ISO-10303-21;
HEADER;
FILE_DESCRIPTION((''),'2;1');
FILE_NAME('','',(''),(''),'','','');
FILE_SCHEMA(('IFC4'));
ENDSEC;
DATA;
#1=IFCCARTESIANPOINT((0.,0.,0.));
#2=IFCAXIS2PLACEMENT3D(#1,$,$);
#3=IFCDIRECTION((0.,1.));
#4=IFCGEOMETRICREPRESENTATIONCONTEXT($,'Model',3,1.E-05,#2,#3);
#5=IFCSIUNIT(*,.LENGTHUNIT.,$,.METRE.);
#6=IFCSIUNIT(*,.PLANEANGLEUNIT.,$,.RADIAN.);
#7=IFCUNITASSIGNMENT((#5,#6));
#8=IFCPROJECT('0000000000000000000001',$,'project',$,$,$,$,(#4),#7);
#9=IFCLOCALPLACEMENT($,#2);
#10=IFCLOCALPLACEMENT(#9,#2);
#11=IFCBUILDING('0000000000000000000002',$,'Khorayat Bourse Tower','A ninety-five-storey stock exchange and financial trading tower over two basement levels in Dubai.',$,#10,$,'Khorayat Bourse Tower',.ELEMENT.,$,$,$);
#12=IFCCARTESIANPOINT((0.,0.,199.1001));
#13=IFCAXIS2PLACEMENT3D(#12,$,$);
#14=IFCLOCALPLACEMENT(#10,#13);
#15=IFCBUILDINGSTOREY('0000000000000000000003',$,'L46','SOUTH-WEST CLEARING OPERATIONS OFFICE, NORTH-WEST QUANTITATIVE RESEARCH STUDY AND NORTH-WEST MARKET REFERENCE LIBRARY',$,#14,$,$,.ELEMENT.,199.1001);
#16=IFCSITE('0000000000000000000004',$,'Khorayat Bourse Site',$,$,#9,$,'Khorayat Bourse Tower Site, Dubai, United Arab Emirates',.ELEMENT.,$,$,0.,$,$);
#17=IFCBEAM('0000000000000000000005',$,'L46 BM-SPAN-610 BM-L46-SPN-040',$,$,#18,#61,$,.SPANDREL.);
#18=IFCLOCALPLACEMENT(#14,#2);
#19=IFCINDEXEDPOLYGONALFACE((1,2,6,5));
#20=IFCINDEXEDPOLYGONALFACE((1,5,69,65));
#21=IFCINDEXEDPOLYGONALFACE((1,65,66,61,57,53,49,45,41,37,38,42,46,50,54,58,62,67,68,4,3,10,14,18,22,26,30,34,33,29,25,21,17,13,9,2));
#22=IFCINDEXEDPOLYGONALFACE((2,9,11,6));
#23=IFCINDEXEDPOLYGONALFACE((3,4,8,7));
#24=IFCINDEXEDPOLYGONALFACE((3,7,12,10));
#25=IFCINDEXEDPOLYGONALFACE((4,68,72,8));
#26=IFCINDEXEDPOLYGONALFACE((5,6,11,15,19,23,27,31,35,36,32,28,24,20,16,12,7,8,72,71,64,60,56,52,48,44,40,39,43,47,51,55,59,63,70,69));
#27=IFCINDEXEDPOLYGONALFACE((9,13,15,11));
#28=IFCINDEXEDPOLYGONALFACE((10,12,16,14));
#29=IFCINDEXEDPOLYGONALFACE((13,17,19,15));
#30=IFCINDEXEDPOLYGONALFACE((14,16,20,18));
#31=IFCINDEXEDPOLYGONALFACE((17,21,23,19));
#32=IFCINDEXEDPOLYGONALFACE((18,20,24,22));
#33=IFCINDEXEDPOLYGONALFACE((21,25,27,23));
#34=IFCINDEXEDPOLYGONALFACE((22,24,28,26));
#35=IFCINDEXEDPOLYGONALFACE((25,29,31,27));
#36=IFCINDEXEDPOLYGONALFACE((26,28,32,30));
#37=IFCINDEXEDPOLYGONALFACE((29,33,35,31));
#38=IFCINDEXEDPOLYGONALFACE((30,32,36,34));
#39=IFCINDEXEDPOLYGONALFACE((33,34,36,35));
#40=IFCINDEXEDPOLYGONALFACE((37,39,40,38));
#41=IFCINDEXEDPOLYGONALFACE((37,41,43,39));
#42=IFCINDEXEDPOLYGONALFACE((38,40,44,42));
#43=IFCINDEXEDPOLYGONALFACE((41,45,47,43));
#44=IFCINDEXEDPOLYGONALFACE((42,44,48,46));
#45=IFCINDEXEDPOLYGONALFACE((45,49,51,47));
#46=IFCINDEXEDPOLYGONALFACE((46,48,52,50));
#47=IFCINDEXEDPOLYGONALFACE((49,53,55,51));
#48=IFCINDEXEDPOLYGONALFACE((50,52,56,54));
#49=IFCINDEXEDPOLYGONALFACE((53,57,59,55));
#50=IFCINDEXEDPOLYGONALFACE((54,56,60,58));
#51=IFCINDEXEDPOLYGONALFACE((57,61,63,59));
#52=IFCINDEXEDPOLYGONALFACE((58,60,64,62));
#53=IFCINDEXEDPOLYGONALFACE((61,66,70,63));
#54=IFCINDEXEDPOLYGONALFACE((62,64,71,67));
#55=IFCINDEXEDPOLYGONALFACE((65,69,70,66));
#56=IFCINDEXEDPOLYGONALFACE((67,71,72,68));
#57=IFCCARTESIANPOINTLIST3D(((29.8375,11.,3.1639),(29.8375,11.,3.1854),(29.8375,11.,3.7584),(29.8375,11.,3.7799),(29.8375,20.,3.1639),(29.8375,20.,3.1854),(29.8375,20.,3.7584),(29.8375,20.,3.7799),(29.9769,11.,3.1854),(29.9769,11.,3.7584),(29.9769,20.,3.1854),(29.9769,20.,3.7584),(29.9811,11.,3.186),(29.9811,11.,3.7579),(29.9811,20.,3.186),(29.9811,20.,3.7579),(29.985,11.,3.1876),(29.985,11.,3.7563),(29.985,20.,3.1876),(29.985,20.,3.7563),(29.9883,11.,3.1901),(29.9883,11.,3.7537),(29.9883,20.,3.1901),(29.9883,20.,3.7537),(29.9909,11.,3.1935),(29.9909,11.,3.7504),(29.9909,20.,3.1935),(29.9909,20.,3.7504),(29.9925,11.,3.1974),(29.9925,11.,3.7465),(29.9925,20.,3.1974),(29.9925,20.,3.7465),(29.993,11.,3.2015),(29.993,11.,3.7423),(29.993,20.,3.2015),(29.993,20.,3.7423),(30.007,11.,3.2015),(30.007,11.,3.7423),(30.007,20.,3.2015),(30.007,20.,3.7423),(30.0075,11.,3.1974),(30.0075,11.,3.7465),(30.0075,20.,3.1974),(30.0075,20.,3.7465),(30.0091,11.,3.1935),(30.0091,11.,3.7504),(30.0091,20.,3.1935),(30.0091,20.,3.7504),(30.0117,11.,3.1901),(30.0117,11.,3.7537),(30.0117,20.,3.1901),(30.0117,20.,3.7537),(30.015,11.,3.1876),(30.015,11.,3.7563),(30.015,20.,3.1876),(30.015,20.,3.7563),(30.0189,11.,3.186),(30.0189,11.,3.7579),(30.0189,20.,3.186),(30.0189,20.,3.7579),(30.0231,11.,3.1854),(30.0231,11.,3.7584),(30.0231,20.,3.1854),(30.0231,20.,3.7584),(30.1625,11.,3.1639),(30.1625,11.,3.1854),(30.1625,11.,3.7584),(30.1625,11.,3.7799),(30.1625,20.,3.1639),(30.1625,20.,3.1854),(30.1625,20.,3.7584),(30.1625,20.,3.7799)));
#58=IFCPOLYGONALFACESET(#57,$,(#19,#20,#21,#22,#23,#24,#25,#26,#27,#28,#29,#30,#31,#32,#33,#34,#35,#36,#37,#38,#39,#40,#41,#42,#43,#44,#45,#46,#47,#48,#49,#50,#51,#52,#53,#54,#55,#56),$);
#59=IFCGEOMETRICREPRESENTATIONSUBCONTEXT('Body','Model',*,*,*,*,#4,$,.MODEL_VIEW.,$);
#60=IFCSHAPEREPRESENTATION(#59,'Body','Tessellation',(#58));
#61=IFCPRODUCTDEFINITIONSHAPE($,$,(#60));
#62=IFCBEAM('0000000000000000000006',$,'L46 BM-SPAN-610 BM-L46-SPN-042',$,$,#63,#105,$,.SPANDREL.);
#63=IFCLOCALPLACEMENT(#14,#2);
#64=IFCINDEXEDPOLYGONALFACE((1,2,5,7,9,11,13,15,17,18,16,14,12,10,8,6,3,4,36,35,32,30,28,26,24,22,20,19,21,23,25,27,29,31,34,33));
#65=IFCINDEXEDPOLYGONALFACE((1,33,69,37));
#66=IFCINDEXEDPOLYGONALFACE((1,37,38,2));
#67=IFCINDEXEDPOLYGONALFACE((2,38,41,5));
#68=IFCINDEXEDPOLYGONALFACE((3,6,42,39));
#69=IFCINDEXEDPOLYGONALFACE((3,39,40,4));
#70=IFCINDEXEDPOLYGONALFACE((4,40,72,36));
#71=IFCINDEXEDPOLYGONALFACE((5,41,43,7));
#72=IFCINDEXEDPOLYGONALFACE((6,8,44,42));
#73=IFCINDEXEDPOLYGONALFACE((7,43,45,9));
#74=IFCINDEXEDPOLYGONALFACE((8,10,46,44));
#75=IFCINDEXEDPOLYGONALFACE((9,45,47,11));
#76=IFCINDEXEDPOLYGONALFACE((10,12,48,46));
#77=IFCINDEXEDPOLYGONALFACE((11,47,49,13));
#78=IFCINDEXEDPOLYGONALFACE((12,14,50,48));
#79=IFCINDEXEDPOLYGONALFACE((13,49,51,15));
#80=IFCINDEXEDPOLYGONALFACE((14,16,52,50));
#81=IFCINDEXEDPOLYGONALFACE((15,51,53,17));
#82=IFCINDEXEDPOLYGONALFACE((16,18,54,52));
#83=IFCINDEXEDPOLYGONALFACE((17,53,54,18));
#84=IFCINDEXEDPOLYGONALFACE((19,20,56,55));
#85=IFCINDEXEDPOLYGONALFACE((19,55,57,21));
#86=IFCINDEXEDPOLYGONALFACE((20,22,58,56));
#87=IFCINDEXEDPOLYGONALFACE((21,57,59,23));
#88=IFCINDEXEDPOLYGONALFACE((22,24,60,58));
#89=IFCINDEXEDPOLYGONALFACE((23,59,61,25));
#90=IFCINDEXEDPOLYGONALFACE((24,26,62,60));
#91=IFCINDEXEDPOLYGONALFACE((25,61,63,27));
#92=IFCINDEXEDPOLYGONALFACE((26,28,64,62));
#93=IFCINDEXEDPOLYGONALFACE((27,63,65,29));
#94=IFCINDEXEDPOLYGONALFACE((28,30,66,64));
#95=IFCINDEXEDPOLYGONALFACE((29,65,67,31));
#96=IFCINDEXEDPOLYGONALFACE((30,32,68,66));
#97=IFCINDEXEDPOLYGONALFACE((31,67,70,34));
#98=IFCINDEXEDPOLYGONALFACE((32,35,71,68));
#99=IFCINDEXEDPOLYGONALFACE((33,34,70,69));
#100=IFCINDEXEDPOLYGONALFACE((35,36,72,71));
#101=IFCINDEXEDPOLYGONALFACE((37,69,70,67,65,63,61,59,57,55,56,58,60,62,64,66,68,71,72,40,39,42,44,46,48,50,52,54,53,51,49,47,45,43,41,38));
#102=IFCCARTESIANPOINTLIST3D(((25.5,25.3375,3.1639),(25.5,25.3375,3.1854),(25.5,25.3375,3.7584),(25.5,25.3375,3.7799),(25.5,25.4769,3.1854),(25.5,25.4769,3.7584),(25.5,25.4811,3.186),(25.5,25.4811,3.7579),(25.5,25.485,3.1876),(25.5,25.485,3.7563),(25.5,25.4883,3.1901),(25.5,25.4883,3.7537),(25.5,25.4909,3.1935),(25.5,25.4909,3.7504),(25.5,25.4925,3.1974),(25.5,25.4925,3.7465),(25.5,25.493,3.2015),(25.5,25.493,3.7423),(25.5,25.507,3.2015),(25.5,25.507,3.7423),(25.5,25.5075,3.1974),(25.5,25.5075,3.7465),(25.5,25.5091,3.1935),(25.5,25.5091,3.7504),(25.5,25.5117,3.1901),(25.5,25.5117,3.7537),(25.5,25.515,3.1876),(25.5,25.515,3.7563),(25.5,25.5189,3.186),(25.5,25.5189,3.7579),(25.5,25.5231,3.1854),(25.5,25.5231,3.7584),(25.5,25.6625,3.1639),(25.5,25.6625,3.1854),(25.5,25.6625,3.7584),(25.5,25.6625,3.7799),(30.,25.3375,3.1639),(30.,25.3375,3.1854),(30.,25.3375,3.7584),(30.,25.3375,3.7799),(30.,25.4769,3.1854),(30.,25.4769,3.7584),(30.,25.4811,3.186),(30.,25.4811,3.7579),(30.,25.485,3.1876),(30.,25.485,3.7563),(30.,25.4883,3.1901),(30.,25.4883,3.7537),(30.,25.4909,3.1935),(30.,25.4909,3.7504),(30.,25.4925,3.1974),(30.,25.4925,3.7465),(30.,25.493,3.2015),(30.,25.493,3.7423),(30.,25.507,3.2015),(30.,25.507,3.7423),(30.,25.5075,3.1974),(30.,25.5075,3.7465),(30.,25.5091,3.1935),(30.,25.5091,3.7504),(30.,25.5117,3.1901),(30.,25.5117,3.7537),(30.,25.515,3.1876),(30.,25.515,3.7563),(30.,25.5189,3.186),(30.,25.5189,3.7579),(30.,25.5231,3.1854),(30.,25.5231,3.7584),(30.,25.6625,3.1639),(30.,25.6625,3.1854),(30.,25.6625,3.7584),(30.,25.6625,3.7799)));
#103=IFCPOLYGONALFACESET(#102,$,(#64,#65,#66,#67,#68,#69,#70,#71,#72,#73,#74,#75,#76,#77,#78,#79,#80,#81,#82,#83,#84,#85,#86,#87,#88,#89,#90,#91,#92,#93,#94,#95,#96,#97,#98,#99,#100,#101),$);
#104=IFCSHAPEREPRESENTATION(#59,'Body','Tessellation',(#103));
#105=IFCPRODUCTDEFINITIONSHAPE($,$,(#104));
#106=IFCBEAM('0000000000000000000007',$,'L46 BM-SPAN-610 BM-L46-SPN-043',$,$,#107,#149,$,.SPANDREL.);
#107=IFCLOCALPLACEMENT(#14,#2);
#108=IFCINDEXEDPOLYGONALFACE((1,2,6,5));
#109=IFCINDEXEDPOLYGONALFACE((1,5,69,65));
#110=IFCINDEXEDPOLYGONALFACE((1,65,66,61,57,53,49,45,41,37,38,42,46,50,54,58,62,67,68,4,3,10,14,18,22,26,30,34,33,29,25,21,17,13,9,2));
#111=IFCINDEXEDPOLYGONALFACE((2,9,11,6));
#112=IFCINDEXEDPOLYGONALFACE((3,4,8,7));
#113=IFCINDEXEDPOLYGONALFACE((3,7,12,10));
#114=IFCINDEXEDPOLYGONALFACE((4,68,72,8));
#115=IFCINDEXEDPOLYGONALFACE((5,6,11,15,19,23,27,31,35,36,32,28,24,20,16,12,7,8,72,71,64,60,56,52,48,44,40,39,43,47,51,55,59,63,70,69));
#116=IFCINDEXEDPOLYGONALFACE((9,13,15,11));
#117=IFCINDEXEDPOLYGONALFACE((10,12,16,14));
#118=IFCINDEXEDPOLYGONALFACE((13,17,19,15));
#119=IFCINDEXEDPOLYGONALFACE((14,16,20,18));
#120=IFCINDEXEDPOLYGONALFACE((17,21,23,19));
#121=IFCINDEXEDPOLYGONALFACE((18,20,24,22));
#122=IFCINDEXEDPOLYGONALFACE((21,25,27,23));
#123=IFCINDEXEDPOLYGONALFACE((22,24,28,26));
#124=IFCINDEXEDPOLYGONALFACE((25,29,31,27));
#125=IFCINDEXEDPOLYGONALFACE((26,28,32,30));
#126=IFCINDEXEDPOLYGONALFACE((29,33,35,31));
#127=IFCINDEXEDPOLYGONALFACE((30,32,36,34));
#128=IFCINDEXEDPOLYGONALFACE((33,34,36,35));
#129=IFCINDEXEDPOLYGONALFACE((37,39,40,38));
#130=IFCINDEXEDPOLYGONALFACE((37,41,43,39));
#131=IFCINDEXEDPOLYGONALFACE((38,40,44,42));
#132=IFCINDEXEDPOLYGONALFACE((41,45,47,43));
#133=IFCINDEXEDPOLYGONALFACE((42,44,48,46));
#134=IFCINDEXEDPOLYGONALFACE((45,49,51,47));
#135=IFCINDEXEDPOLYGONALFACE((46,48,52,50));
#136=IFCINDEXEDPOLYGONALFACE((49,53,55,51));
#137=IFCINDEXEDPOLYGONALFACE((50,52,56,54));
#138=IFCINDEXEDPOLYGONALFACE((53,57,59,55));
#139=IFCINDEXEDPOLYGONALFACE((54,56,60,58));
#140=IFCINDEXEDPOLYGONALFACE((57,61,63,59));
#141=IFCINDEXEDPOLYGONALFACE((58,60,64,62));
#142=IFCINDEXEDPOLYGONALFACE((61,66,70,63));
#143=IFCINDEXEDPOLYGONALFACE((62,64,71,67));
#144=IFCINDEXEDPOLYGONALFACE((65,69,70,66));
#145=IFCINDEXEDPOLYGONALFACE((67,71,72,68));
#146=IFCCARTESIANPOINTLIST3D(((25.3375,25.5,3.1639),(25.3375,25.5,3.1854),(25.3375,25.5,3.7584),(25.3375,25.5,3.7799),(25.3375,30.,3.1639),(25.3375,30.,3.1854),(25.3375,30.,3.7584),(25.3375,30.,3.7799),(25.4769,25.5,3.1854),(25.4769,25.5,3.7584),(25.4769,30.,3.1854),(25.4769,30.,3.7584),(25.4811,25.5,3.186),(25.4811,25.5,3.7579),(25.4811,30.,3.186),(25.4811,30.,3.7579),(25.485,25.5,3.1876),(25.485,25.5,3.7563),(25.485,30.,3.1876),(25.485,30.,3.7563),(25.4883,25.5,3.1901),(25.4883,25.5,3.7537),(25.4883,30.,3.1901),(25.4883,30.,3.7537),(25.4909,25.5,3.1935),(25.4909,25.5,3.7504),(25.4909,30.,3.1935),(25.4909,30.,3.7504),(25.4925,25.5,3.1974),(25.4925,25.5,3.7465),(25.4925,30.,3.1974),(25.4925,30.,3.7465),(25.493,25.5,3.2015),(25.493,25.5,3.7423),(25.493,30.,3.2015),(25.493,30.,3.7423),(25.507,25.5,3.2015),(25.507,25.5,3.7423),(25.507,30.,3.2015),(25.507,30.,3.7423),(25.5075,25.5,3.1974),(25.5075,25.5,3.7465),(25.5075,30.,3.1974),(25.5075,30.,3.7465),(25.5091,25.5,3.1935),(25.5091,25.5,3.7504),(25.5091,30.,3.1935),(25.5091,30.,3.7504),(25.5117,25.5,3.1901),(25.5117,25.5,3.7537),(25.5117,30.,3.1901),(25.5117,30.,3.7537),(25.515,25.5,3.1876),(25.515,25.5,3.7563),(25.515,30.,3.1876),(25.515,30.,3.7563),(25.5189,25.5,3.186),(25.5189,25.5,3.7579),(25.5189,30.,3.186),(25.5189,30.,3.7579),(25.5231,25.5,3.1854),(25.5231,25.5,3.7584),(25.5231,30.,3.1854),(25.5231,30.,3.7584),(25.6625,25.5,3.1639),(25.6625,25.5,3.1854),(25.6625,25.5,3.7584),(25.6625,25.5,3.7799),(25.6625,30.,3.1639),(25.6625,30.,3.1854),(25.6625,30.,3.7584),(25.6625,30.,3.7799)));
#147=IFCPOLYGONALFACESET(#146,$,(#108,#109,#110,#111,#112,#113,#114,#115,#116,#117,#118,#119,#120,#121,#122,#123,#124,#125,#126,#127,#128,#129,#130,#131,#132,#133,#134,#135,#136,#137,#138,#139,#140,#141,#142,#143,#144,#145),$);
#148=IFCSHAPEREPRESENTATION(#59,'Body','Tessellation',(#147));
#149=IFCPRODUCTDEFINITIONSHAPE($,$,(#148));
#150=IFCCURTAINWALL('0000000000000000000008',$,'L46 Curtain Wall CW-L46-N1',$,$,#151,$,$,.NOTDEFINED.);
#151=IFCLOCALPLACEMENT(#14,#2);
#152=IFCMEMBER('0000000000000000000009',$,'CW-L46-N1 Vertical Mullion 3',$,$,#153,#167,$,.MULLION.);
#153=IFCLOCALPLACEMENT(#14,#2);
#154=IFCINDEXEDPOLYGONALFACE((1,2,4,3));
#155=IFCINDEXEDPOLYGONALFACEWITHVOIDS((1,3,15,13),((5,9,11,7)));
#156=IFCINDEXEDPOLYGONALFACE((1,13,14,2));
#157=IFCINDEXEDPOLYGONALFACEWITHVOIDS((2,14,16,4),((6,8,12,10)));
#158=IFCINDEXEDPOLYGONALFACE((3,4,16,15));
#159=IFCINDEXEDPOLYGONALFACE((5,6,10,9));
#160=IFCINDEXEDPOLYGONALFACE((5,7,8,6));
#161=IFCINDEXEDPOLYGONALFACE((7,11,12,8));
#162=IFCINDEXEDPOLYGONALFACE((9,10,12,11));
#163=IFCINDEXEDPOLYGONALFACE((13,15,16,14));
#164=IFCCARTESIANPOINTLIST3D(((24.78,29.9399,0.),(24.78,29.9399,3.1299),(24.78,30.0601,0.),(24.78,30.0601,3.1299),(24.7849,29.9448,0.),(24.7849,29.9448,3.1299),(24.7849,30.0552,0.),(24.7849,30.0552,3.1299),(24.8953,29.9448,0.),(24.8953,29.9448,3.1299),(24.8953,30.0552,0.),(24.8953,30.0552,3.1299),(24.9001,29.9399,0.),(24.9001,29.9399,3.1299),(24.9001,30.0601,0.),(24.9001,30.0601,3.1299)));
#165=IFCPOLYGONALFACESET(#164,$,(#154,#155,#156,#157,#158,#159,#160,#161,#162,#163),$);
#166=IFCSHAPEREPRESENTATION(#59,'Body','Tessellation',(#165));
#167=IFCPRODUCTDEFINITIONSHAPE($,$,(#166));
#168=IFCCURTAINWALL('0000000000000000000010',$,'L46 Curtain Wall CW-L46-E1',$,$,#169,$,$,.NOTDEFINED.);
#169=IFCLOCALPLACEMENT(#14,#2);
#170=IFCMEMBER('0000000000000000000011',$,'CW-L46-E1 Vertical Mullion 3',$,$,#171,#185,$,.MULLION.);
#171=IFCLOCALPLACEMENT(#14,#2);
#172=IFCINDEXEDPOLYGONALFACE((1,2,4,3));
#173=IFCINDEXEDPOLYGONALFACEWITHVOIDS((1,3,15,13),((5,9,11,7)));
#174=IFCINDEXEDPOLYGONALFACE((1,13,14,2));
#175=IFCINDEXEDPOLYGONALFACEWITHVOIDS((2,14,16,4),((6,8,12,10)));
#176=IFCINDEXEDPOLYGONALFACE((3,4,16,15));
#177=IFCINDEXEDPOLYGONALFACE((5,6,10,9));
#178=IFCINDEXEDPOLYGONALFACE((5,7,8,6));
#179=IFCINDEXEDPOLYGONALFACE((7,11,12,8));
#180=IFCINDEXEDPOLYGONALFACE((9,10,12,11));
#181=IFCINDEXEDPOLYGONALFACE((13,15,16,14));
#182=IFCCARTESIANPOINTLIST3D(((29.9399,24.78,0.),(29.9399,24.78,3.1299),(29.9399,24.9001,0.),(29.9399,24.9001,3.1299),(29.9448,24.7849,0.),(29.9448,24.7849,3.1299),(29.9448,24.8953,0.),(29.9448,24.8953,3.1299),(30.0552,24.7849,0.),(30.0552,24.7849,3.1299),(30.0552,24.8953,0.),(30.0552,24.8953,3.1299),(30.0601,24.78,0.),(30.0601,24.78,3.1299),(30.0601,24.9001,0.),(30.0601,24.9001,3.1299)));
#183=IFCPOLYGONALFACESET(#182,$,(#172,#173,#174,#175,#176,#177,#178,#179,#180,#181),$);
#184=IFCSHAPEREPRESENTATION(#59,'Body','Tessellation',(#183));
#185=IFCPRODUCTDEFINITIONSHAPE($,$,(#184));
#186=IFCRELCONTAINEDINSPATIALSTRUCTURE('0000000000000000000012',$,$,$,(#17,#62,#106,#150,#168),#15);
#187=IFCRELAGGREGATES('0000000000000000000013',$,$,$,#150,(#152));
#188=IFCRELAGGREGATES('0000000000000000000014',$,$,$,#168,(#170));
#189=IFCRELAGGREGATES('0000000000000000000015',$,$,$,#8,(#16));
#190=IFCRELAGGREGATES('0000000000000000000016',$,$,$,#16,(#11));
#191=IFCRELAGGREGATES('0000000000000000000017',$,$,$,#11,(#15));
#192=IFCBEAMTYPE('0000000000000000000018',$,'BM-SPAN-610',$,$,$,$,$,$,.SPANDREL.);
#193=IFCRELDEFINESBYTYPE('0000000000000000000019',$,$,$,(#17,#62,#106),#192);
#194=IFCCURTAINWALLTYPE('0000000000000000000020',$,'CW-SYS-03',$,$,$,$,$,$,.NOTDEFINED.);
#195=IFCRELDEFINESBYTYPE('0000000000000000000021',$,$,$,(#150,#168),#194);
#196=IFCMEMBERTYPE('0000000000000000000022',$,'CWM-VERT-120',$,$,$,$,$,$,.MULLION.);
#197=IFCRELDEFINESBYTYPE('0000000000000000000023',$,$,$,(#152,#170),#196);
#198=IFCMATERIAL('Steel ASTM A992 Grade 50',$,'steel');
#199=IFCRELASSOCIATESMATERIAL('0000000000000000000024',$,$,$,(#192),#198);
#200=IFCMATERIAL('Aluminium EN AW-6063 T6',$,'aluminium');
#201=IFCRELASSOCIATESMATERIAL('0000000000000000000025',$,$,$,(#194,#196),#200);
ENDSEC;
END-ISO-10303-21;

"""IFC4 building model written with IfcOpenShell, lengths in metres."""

from ifc_helpers import new_model, si_unit, direction, frame, origin, origin_2d, place, context, subcontext, project, spatial, hollow_rectangle, i_section, extrude, source, transform, mapped, material, material_profile, profile_set, type_object, element, aggregate, save


model = new_model("IFC4")

# Units and contexts
model_context = context("Model", 3, precision=1e-05, world=origin(), true_north=direction((0.0, 1.0)))
body_context = subcontext(model_context, "Body", "Model", "MODEL_VIEW")
ifc_project = project(units=[si_unit("LENGTHUNIT", "METRE"), si_unit("PLANEANGLEUNIT", "RADIAN")], contexts=[model_context])

# Site, building, storey
site_placement = place(None, origin())
site = spatial("IfcSite", under=ifc_project, at=site_placement, Name="Khorayat Bourse Site", LongName="Khorayat Bourse Tower Site, Dubai, United Arab Emirates", CompositionType="ELEMENT", RefElevation=0.0)
building_placement = place(site_placement, origin())
building = spatial("IfcBuilding", under=site, at=building_placement, Name="Khorayat Bourse Tower", Description="A ninety-five-storey stock exchange and financial trading tower over two basement levels in Dubai.", LongName="Khorayat Bourse Tower", CompositionType="ELEMENT")
storey_placement = place(building_placement, frame((0.0, 0.0, 199.1001)))
storey = spatial("IfcBuildingStorey", under=building, at=storey_placement, Name="L46", Description="SOUTH-WEST CLEARING OPERATIONS OFFICE, NORTH-WEST QUANTITATIVE RESEARCH STUDY AND NORTH-WEST MARKET REFERENCE LIBRARY", CompositionType="ELEMENT", Elevation=199.1001)

# Beams
ifc_material_1 = material(Name="Steel ASTM A992 Grade 50", Category="steel")
ifc_material_profile_1 = material_profile(ifc_material_1, i_section(OverallWidth=0.325, OverallDepth=0.616, WebThickness=0.0139, FlangeThickness=0.0215, FilletRadius=0.0161, at=origin_2d()), Name="W610X174")
ifc_profile_set_1 = profile_set([ifc_material_profile_1], Name="Steel ASTM A992 Grade 50")
beam_type_1 = type_object("IfcBeamType", Name="BM-SPAN-610", PredefinedType="SPANDREL", material=ifc_profile_set_1)
shared_shape_1 = source(origin(), body_context, "Body", "SweptSolid", [
    extrude(i_section(OverallWidth=0.325, OverallDepth=0.616, WebThickness=0.0139, FlangeThickness=0.0215, FilletRadius=0.0161, at=origin_2d()), origin(), (0.0, 0.0, 1.0), 9.0),
])
beam_1_placement = place(storey_placement, frame((30.0, 11.0, 3.4719), z_axis=(0.0, 1.0, 0.0), x_axis=(-1.0, 0.0, 0.0)))
element("IfcBeam", 1, at=beam_1_placement, inside=storey, type_object=beam_type_1, Name="L46 BM-SPAN-610 BM-L46-SPN-040", PredefinedType="SPANDREL", context=body_context, shape_type="MappedRepresentation", body=[
    mapped(shared_shape_1, transform((0.0, 0.0, 0.0), scale=1.0)),
])
shared_shape_2 = source(origin(), body_context, "Body", "SweptSolid", [
    extrude(i_section(OverallWidth=0.325, OverallDepth=0.616, WebThickness=0.0139, FlangeThickness=0.0215, FilletRadius=0.0161, at=origin_2d()), origin(), (0.0, 0.0, 1.0), 4.5),
])
for number, where, z_axis, x_axis, name in (
    (2, (25.5, 25.5, 3.4719), (1.0, 0.0, 0.0), (0.0, 1.0, 0.0), "L46 BM-SPAN-610 BM-L46-SPN-042"),
    (3, (25.5, 25.5, 3.4719), (0.0, 1.0, 0.0), (-1.0, 0.0, 0.0), "L46 BM-SPAN-610 BM-L46-SPN-043"),
):
    element("IfcBeam", number, at=place(storey_placement, frame(where, z_axis=z_axis, x_axis=x_axis)), inside=storey, type_object=beam_type_1, Name=name, PredefinedType="SPANDREL", context=body_context, shape_type="MappedRepresentation", body=[
        mapped(shared_shape_2, transform((0.0, 0.0, 0.0), scale=1.0)),
    ])

# Curtain wall, member
ifc_material_2 = material(Name="Aluminium EN AW-6063 T6", Category="aluminium")
curtain_wall_type = type_object("IfcCurtainWallType", Name="CW-SYS-03", PredefinedType="NOTDEFINED", material=ifc_material_2)
curtain_wall_1_placement = place(storey_placement, origin())
curtain_wall_1 = element("IfcCurtainWall", 4, at=curtain_wall_1_placement, inside=storey, type_object=curtain_wall_type, Name="L46 Curtain Wall CW-L46-N1", PredefinedType="NOTDEFINED")
ifc_material_profile_2 = material_profile(ifc_material_2, hollow_rectangle(XDim=0.1201, YDim=0.1201, WallThickness=0.0049, at=origin_2d()), Name="ALU 120x120x5")
ifc_profile_set_2 = profile_set([ifc_material_profile_2], Name="Aluminium EN AW-6063 T6")
member_type_1 = type_object("IfcMemberType", Name="CWM-VERT-120", PredefinedType="MULLION", material=ifc_profile_set_2)
shared_shape_3 = source(origin(), body_context, "Body", "SweptSolid", [
    extrude(hollow_rectangle(XDim=0.1201, YDim=0.1201, WallThickness=0.0049, at=origin_2d()), origin(), (0.0, 0.0, 1.0), 3.1299),
])
member_1_placement = place(storey_placement, frame((24.8401, 30.0, 0.0), z_axis=(0.0, 0.0, 1.0), x_axis=(0.0, 1.0, 0.0)))
member_1 = element("IfcMember", 5, at=member_1_placement, type_object=member_type_1, Name="CW-L46-N1 Vertical Mullion 3", PredefinedType="MULLION", context=body_context, shape_type="MappedRepresentation", body=[
    mapped(shared_shape_3, transform((0.0, 0.0, 0.0), scale=1.0)),
])
aggregate(curtain_wall_1, [member_1])

# Curtain wall, member
curtain_wall_2_placement = place(storey_placement, origin())
curtain_wall_2 = element("IfcCurtainWall", 6, at=curtain_wall_2_placement, inside=storey, type_object=curtain_wall_type, Name="L46 Curtain Wall CW-L46-E1", PredefinedType="NOTDEFINED")
member_2_placement = place(storey_placement, frame((30.0, 24.8401, 0.0), z_axis=(0.0, 0.0, 1.0), x_axis=(-1.0, 0.0, 0.0)))
member_2 = element("IfcMember", 7, at=member_2_placement, type_object=member_type_1, Name="CW-L46-E1 Vertical Mullion 3", PredefinedType="MULLION", context=body_context, shape_type="MappedRepresentation", body=[
    mapped(shared_shape_3, transform((0.0, 0.0, 0.0), scale=1.0)),
])

aggregate(curtain_wall_2, [member_2])

save(model, "model.ifc")
